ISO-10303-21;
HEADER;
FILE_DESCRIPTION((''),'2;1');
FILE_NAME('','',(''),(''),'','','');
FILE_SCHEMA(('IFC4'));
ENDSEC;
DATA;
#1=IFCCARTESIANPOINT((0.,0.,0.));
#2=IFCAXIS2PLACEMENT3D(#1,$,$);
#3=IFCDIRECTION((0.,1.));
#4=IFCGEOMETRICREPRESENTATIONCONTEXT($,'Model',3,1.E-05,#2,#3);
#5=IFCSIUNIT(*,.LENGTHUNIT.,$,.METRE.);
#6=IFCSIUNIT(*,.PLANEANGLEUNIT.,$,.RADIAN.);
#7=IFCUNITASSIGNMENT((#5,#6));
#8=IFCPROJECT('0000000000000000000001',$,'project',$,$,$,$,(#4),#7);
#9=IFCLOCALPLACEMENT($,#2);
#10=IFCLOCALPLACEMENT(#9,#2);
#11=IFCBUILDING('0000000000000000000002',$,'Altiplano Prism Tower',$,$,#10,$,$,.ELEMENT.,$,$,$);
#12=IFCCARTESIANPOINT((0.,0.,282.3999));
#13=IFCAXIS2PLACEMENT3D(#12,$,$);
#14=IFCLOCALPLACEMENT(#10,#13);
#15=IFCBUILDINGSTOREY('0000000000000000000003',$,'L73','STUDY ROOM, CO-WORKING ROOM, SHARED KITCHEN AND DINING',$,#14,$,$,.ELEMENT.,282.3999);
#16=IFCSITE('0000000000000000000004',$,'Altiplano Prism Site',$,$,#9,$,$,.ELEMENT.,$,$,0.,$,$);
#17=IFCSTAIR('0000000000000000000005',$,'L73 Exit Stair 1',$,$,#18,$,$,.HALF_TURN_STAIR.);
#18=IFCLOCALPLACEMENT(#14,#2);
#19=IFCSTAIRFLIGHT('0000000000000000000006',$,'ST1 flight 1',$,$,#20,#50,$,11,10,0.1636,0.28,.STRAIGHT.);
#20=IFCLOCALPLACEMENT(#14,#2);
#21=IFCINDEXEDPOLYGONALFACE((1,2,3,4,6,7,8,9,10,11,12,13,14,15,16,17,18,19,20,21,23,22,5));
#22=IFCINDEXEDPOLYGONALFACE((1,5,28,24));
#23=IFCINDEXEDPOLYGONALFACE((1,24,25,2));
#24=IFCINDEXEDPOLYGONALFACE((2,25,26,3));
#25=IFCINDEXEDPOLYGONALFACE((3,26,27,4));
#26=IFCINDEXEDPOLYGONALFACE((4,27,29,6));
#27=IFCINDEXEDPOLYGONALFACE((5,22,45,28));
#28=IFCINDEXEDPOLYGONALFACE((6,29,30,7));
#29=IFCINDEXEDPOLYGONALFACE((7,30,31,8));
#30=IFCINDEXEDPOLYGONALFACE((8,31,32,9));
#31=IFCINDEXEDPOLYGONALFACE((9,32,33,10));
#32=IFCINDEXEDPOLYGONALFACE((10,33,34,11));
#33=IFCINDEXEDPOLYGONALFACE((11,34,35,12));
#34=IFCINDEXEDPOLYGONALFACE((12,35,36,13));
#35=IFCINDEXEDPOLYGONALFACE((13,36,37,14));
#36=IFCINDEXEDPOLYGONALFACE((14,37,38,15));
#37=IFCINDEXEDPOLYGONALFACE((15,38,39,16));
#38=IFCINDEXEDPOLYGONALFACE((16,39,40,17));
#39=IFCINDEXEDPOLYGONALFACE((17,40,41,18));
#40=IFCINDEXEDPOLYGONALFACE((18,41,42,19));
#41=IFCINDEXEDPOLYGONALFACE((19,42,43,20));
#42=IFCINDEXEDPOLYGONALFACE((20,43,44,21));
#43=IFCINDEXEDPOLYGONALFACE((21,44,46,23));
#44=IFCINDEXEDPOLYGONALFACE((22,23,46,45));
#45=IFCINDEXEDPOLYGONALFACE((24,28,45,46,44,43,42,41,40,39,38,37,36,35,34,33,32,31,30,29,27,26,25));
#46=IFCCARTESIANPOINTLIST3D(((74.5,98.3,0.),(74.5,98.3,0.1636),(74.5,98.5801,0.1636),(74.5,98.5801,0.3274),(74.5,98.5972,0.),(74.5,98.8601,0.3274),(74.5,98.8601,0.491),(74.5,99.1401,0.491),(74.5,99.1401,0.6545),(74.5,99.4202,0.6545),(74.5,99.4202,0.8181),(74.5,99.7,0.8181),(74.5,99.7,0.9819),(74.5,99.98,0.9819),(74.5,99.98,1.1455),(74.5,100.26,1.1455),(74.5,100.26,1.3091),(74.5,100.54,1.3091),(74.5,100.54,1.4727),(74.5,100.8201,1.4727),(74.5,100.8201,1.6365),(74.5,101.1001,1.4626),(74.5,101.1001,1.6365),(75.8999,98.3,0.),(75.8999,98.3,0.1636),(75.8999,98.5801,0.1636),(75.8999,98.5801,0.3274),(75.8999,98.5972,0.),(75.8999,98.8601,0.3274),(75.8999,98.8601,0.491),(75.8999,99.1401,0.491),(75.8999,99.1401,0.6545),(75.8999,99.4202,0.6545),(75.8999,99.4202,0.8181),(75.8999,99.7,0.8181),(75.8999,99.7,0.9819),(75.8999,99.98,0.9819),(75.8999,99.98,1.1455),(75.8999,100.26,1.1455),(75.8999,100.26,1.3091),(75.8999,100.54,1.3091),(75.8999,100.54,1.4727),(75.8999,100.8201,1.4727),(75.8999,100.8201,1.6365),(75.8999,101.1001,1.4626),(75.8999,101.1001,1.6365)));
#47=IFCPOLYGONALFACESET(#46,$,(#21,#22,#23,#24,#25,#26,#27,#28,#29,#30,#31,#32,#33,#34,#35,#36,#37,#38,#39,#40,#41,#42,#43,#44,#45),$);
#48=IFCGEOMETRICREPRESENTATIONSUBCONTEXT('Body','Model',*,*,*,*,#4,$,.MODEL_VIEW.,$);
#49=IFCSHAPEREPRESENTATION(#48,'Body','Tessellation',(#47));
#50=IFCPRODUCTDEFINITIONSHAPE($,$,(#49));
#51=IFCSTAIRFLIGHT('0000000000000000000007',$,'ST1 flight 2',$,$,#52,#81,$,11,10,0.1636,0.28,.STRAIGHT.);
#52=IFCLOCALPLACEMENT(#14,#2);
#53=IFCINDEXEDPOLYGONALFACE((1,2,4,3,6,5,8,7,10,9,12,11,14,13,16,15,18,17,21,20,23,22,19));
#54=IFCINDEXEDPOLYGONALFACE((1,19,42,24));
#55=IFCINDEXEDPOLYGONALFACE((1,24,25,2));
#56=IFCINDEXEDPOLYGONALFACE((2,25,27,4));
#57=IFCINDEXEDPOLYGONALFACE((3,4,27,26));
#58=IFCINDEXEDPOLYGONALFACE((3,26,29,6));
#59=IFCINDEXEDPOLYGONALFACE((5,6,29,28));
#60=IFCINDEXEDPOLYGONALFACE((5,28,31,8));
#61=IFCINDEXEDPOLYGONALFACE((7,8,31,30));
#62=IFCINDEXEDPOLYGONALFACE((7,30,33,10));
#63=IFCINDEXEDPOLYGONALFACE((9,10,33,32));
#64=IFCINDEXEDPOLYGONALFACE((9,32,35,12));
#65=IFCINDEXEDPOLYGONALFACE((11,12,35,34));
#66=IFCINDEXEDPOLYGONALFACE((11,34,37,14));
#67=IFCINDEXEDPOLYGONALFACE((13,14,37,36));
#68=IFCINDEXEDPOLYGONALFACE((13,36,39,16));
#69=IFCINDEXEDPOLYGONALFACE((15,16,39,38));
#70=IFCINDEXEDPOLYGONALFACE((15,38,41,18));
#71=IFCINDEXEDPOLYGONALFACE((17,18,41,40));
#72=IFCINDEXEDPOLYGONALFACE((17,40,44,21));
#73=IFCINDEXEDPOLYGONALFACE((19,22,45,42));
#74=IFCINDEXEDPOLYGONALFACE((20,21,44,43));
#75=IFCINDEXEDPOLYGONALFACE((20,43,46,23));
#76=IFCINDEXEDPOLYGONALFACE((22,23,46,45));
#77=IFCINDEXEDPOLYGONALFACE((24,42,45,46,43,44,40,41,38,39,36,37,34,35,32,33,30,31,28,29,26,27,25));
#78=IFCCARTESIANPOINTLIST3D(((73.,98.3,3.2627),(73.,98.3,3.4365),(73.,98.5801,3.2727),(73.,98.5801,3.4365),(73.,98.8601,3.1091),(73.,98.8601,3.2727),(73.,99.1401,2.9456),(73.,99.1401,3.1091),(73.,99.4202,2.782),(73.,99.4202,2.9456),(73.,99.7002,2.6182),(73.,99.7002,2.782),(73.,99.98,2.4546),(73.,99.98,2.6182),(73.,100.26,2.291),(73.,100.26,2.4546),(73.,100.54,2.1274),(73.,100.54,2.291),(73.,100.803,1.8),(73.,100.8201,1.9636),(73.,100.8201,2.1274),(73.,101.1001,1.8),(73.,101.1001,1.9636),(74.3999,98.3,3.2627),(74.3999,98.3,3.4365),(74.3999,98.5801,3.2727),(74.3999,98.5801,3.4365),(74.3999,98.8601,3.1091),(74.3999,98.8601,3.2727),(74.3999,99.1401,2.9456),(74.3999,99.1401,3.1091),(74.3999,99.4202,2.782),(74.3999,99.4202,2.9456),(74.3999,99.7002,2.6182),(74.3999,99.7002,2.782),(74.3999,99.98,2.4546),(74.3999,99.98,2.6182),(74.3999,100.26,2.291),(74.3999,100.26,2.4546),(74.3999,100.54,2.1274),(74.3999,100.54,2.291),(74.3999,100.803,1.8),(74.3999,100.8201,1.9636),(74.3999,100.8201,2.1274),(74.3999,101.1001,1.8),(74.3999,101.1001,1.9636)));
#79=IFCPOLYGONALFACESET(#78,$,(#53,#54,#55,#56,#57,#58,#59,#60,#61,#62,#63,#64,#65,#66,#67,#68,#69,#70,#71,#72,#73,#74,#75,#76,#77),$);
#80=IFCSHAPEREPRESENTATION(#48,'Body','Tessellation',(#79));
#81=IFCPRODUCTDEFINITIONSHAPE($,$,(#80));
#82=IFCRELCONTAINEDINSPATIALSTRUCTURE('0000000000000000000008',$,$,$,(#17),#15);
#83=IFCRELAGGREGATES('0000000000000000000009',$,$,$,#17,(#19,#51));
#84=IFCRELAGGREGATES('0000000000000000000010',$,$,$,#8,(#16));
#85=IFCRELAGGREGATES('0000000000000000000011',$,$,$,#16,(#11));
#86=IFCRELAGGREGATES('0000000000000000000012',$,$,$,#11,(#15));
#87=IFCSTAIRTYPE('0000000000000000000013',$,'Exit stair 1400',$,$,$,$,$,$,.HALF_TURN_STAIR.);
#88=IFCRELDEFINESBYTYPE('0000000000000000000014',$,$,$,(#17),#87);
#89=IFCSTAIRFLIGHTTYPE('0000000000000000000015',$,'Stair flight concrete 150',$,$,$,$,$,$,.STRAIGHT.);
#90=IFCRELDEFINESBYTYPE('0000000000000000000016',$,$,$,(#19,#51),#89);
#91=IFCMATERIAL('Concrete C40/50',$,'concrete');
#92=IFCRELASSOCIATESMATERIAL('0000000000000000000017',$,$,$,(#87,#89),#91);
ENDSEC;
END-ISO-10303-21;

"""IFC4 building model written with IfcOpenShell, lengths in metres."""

from ifc_helpers import new_model, si_unit, direction, frame, origin, place, context, subcontext, project, spatial, polyline, outline, extrude, material, type_object, element, aggregate, save


model = new_model("IFC4")

# Units and contexts
model_context = context("Model", 3, precision=1e-05, world=origin(), true_north=direction((0.0, 1.0)))
body_context = subcontext(model_context, "Body", "Model", "MODEL_VIEW")
ifc_project = project(units=[si_unit("LENGTHUNIT", "METRE"), si_unit("PLANEANGLEUNIT", "RADIAN")], contexts=[model_context])

# Site, building, storey
site_placement = place(None, origin())
site = spatial("IfcSite", under=ifc_project, at=site_placement, Name="Altiplano Prism Site", CompositionType="ELEMENT", RefElevation=0.0)
building_placement = place(site_placement, origin())
building = spatial("IfcBuilding", under=site, at=building_placement, Name="Altiplano Prism Tower", CompositionType="ELEMENT")
storey_placement = place(building_placement, frame((0.0, 0.0, 282.3999)))
storey = spatial("IfcBuildingStorey", under=building, at=storey_placement, Name="L73", Description="STUDY ROOM, CO-WORKING ROOM, SHARED KITCHEN AND DINING", CompositionType="ELEMENT", Elevation=282.3999)

# Stair, stair flights
ifc_material_1 = material(Name="Concrete C40/50", Category="concrete")
stair_type = type_object("IfcStairType", Name="Exit stair 1400", PredefinedType="HALF_TURN_STAIR", material=ifc_material_1)
stair_placement = place(storey_placement, origin())
stair = element("IfcStair", 1, at=stair_placement, inside=storey, type_object=stair_type, Name="L73 Exit Stair 1", PredefinedType="HALF_TURN_STAIR")
stair_flight_type = type_object("IfcStairFlightType", Name="Stair flight concrete 150", PredefinedType="STRAIGHT", material=ifc_material_1)
stair_flight_1_placement = place(storey_placement, frame((75.2, 98.3, 0.0), z_axis=(0.0, 0.0, 1.0), x_axis=(0.0, 1.0, 0.0)))
stair_flight_1 = element("IfcStairFlight", 2, at=stair_flight_1_placement, type_object=stair_flight_type, Name="ST1 flight 1", NumberOfRisers=11, NumberOfTreads=10, PredefinedType="STRAIGHT", RiserHeight=0.1636, TreadLength=0.28, context=body_context, shape_type="SweptSolid", body=[
    extrude(outline(polyline([(0.0, 0.0), (0.0, 0.1636), (0.28, 0.1636), (0.28, 0.3274), (0.5601, 0.3274), (0.5601, 0.491), (0.8401, 0.491), (0.8401, 0.6545), (1.1201, 0.6545), (1.1201, 0.8181), (1.3999, 0.8181), (1.3999, 0.9819), (1.6799, 0.9819), (1.6799, 1.1455), (1.96, 1.1455), (1.96, 1.3091), (2.24, 1.3091), (2.24, 1.4727), (2.52, 1.4727), (2.52, 1.6365), (2.8, 1.6365), (2.8, 1.8), (2.8, 1.4626), (0.2971, 0.0), (0.0, 0.0)])), frame((0.0, 0.7, 0.0), z_axis=(0.0, -1.0, 0.0), x_axis=(1.0, 0.0, 0.0)), (0.0, 0.0, 1.0), 1.3999),
])
stair_flight_2_placement = place(storey_placement, frame((73.7, 101.1001, 1.8), z_axis=(0.0, 0.0, 1.0), x_axis=(0.0, -1.0, 0.0)))
stair_flight_2 = element("IfcStairFlight", 3, at=stair_flight_2_placement, type_object=stair_flight_type, Name="ST1 flight 2", NumberOfRisers=11, NumberOfTreads=10, PredefinedType="STRAIGHT", RiserHeight=0.1636, TreadLength=0.28, context=body_context, shape_type="SweptSolid", body=[
    extrude(outline(polyline([(0.0, 0.0), (0.0, 0.1636), (0.28, 0.1636), (0.28, 0.3274), (0.5601, 0.3274), (0.5601, 0.491), (0.8401, 0.491), (0.8401, 0.6545), (1.1201, 0.6545), (1.1201, 0.8181), (1.3999, 0.8181), (1.3999, 0.9819), (1.6799, 0.9819), (1.6799, 1.1455), (1.96, 1.1455), (1.96, 1.3091), (2.24, 1.3091), (2.24, 1.4727), (2.52, 1.4727), (2.52, 1.6365), (2.8, 1.6365), (2.8, 1.8), (2.8, 1.4626), (0.2971, 0.0), (0.0, 0.0)])), frame((0.0, 0.7, 0.0), z_axis=(0.0, -1.0, 0.0), x_axis=(1.0, 0.0, 0.0)), (0.0, 0.0, 1.0), 1.3999),
])
aggregate(stair, [stair_flight_1, stair_flight_2])

save(model, "model.ifc")
